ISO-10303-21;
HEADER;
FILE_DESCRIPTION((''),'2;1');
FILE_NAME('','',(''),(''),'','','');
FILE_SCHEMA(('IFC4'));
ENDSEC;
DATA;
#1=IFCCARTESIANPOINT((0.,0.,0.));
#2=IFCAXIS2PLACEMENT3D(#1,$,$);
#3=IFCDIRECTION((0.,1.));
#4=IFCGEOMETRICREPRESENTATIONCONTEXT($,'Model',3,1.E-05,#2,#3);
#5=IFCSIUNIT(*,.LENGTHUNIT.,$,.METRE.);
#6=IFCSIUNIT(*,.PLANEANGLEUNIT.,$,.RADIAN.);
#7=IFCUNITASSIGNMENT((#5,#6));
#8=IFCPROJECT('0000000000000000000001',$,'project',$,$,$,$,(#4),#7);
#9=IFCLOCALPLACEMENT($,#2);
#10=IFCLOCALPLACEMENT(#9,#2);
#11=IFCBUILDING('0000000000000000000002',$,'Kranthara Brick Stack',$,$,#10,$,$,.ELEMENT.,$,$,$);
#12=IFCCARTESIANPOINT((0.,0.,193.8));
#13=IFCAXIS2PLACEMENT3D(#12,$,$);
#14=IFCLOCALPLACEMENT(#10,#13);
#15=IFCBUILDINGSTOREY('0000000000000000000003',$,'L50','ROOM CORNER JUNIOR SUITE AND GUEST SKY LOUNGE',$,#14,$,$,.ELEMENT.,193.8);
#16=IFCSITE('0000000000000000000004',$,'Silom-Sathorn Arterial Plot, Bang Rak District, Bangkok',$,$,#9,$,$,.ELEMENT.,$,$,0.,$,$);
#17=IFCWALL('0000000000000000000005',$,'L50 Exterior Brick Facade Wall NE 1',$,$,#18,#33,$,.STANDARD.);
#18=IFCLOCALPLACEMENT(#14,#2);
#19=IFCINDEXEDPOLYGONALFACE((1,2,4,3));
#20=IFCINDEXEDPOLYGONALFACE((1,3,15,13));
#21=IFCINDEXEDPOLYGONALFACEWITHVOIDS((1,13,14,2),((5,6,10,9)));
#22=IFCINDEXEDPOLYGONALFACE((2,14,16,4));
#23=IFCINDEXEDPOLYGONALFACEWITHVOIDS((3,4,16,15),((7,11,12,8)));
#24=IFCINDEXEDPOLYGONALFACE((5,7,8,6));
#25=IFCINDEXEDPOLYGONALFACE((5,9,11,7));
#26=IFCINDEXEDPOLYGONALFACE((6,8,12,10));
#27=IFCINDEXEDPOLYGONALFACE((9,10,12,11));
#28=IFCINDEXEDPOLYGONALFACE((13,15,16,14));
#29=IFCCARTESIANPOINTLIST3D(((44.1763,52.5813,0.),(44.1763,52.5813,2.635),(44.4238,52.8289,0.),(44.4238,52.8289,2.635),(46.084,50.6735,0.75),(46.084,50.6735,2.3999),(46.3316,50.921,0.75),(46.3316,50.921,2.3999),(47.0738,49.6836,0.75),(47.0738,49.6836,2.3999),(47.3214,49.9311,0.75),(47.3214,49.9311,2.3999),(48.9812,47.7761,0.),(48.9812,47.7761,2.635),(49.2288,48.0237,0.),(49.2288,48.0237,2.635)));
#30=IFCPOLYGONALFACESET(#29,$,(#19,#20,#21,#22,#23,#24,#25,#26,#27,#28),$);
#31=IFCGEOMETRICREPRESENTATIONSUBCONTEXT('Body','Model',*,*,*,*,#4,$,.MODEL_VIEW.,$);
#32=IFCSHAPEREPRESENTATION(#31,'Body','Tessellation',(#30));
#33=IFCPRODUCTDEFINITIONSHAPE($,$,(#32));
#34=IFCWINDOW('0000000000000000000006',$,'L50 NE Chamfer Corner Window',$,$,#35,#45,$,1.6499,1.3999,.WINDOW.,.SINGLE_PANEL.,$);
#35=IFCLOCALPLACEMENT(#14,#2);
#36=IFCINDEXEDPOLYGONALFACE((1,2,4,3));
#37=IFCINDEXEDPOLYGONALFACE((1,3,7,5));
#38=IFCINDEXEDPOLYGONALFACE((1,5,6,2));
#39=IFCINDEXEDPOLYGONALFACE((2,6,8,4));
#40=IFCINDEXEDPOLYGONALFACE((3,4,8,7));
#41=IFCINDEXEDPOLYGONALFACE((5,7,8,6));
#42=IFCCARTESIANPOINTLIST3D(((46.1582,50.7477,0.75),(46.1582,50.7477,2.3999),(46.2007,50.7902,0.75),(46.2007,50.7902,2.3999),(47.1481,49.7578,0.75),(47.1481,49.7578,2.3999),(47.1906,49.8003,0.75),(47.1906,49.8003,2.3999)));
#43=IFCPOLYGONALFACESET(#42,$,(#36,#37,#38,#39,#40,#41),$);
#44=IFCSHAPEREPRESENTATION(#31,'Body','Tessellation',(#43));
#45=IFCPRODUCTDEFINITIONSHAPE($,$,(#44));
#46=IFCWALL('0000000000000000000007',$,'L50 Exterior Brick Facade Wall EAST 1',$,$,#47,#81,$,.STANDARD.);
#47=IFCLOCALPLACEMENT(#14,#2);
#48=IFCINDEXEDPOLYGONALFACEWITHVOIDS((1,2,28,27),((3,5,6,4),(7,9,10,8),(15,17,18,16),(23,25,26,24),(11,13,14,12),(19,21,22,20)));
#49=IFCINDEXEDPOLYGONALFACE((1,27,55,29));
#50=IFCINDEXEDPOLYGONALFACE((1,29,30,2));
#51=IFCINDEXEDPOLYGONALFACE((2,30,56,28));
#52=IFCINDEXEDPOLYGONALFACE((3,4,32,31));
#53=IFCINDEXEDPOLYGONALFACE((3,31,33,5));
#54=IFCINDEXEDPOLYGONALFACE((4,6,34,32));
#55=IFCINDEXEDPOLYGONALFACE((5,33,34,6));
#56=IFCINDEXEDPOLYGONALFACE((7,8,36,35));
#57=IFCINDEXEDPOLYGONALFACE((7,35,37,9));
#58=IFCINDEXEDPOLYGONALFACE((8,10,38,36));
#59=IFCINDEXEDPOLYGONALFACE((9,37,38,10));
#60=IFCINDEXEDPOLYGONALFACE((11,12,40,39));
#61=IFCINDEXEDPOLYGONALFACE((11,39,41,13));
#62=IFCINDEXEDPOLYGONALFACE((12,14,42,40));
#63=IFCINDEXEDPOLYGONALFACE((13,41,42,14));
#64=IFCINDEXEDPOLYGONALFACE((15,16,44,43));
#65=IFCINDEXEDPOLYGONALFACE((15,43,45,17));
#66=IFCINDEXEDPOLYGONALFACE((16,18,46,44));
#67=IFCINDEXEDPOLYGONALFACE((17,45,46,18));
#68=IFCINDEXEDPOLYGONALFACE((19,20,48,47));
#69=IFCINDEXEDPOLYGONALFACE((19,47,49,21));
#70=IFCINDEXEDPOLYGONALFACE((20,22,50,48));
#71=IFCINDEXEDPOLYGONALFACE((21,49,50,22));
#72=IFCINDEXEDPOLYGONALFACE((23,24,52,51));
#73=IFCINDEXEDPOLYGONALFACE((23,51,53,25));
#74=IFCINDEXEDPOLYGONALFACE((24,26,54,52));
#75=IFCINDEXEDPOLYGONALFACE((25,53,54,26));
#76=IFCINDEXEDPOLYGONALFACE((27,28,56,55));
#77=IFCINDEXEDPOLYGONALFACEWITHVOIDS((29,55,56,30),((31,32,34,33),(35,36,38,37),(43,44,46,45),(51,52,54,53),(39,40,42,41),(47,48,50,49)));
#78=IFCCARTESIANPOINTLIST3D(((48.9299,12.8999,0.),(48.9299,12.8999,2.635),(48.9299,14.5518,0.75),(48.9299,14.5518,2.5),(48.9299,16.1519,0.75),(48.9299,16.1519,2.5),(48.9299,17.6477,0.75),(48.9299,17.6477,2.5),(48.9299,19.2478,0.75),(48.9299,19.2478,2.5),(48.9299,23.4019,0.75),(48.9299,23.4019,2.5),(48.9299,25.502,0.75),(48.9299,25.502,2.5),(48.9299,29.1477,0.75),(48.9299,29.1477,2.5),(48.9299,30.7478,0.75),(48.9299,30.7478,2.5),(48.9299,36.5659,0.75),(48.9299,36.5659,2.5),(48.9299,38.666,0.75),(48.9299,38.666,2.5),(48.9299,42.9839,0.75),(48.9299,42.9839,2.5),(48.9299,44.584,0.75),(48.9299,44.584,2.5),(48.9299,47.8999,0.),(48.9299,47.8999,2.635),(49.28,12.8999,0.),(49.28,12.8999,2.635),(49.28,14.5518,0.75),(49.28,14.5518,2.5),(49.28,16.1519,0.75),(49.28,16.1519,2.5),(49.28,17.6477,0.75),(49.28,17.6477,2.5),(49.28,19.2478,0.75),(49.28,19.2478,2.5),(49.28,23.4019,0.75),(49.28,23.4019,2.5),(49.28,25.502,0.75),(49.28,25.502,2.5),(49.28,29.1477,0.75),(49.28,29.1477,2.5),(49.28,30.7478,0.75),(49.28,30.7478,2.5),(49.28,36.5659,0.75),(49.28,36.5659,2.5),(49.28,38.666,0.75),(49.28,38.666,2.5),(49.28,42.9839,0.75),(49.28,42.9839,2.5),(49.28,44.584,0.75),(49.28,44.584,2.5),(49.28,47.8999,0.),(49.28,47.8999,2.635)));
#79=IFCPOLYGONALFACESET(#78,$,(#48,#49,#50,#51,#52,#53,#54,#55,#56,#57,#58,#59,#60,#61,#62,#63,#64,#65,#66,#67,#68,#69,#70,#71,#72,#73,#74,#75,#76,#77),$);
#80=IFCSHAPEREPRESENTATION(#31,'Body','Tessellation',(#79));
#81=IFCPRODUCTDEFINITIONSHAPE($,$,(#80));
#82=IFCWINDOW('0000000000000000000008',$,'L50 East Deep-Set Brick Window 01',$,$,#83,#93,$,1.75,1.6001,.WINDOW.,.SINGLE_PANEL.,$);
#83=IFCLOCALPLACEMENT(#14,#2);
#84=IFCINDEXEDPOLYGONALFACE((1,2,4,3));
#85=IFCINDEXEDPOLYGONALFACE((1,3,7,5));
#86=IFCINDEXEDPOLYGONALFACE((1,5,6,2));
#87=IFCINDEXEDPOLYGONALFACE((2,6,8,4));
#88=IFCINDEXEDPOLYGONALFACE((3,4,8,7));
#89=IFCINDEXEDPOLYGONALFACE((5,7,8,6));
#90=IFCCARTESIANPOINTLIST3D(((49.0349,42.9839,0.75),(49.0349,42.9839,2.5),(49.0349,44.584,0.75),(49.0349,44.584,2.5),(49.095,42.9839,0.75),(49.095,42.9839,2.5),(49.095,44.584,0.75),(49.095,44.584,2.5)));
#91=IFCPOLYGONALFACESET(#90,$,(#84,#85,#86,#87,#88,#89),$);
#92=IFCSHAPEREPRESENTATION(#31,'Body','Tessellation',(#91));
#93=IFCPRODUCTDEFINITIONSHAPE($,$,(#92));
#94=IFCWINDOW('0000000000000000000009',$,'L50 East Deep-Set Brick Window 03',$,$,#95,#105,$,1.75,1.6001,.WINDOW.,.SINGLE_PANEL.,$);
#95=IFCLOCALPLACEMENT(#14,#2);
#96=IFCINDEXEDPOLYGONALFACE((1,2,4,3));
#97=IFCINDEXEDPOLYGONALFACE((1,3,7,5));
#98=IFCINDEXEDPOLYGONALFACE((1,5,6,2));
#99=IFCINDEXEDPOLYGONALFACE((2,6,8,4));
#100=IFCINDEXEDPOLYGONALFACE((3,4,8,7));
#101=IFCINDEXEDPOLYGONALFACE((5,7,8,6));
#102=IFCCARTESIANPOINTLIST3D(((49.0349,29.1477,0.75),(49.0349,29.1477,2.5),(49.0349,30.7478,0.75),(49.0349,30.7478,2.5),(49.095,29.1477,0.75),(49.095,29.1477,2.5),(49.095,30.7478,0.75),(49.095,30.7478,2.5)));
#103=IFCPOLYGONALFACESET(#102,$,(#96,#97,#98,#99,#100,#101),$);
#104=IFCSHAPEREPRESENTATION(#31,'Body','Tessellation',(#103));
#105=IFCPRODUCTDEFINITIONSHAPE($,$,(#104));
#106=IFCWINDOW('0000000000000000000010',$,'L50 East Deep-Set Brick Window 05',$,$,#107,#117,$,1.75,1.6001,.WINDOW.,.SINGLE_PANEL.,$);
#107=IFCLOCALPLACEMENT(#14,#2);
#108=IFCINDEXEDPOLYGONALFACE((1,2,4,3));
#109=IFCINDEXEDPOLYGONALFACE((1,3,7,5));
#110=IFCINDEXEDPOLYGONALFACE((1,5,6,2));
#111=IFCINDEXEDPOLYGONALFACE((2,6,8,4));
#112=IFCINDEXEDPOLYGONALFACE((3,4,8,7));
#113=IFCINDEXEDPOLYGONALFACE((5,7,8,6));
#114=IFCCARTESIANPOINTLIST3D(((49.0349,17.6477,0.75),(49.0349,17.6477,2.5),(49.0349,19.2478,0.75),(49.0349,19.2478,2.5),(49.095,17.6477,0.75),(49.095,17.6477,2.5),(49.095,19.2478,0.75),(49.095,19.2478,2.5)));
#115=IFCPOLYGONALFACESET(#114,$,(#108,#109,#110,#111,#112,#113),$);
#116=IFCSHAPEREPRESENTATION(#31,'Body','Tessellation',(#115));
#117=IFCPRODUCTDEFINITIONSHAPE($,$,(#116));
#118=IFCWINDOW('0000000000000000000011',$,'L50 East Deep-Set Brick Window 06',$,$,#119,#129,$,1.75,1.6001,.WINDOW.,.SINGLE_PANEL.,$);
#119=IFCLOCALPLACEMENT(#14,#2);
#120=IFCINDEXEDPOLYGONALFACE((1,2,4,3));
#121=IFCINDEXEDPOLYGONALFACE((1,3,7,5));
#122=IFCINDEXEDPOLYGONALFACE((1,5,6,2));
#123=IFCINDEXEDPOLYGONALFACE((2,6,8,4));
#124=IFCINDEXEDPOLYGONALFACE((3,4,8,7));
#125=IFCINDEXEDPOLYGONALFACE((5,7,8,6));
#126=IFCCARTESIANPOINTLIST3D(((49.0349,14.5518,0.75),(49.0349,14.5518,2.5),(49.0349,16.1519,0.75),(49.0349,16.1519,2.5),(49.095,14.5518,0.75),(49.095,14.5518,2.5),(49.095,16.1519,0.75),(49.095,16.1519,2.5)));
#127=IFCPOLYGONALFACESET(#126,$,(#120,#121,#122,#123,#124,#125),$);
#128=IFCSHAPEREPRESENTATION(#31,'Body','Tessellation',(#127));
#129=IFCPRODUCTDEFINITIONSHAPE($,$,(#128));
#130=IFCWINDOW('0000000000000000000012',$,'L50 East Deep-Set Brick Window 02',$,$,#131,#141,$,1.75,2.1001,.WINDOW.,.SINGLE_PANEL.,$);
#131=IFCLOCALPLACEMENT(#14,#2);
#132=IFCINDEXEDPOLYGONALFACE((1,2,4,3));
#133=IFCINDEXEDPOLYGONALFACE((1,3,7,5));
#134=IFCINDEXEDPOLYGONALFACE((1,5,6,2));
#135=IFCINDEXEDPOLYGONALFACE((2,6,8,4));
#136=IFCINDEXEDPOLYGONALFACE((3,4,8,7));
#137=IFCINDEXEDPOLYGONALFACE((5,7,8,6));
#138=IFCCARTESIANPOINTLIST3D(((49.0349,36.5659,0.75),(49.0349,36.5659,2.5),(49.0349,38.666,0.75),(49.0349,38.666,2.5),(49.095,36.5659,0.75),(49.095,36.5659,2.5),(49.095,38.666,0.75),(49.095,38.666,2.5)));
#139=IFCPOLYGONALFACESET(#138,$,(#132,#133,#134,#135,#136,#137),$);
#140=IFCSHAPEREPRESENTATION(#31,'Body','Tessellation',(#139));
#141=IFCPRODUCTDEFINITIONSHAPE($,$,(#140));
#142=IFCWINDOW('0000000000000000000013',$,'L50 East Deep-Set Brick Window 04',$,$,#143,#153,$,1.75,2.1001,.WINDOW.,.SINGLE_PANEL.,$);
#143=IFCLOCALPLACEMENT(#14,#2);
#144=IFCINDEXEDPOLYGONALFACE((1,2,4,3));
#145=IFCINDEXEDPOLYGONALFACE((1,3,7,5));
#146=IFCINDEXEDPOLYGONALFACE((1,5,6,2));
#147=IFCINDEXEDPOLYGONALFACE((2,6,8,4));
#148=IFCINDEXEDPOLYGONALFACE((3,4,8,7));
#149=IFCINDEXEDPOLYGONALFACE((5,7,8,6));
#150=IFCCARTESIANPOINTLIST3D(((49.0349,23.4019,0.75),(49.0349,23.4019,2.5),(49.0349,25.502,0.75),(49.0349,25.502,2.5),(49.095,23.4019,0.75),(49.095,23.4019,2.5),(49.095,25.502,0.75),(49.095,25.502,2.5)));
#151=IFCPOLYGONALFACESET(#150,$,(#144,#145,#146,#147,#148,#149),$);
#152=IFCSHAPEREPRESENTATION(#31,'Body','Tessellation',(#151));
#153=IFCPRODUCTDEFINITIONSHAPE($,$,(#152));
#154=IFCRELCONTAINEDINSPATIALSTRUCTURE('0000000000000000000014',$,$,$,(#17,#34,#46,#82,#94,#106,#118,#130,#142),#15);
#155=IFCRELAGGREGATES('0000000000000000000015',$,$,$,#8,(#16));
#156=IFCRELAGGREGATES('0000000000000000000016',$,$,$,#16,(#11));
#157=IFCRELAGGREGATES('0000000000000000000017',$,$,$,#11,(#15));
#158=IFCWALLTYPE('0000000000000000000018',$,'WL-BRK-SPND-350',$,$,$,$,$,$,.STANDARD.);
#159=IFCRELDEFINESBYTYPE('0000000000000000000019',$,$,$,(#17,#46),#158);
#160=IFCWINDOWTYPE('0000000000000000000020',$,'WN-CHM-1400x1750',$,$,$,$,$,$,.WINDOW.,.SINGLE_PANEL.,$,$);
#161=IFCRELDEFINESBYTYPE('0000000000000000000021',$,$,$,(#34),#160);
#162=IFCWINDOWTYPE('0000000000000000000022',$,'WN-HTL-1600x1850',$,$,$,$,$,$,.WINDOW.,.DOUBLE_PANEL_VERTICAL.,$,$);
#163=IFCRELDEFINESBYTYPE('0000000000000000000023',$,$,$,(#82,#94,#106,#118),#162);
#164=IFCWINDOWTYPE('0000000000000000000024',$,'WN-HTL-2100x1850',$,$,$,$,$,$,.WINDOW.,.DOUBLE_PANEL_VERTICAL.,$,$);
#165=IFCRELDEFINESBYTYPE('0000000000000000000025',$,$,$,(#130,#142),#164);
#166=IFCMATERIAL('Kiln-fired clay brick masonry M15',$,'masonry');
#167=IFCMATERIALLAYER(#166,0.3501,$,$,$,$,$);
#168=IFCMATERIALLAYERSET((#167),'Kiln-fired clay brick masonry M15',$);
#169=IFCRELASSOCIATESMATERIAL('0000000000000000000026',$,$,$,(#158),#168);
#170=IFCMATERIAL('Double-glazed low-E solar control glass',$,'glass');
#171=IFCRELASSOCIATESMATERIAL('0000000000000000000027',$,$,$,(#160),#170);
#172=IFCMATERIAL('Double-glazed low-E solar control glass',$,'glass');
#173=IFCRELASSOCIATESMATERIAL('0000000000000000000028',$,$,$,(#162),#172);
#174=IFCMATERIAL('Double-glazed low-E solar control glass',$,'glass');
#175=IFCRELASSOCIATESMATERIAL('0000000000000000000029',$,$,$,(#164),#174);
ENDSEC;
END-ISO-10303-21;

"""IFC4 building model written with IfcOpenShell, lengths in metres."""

from ifc_helpers import new_model, si_unit, direction, frame, frame_2d, origin, place, context, subcontext, project, spatial, rectangle, extrude, material, layer, layer_set, type_object, element, fill, save


model = new_model("IFC4")

# Units and contexts
model_context = context("Model", 3, precision=1e-05, world=origin(), true_north=direction((0.0, 1.0)))
body_context = subcontext(model_context, "Body", "Model", "MODEL_VIEW")
ifc_project = project(units=[si_unit("LENGTHUNIT", "METRE"), si_unit("PLANEANGLEUNIT", "RADIAN")], contexts=[model_context])

# Site, building, storey
site_placement = place(None, origin())
site = spatial("IfcSite", under=ifc_project, at=site_placement, Name="Silom-Sathorn Arterial Plot, Bang Rak District, Bangkok", CompositionType="ELEMENT", RefElevation=0.0)
building_placement = place(site_placement, origin())
building = spatial("IfcBuilding", under=site, at=building_placement, Name="Kranthara Brick Stack", CompositionType="ELEMENT")
storey_placement = place(building_placement, frame((0.0, 0.0, 193.8)))
storey = spatial("IfcBuildingStorey", under=building, at=storey_placement, Name="L50", Description="ROOM CORNER JUNIOR SUITE AND GUEST SKY LOUNGE", CompositionType="ELEMENT", Elevation=193.8)

# Wall, opening, window
ifc_material_1 = material(Name="Kiln-fired clay brick masonry M15", Category="masonry")
ifc_layer_1 = layer(ifc_material_1, 0.3501)
ifc_layer_set_1 = layer_set([ifc_layer_1], Name="Kiln-fired clay brick masonry M15")
wall_type_1 = type_object("IfcWallType", Name="WL-BRK-SPND-350", PredefinedType="STANDARD", material=ifc_layer_set_1)
wall_1_placement = place(storey_placement, frame((44.3, 52.7051, 0.0), z_axis=(0.0, 0.0, 1.0), x_axis=(0.707089, -0.707125, 0.0)))
wall_1 = element("IfcWall", 1, at=wall_1_placement, inside=storey, type_object=wall_type_1, Name="L50 Exterior Brick Facade Wall NE 1", PredefinedType="STANDARD", context=body_context, shape_type="SweptSolid", body=[
    extrude(rectangle(XDim=6.7954, YDim=0.3501, at=frame_2d((3.3977, 0.0))), origin(), (0.0, 0.0, 1.0), 2.635),
])
opening_1_placement = place(wall_1_placement, frame((2.698, 0.0, 0.75)))
opening_1 = element("IfcOpeningElement", 2, at=opening_1_placement, cuts=wall_1, PredefinedType="OPENING", context=body_context, shape_type="SweptSolid", body=[
    extrude(rectangle(XDim=1.3999, YDim=1.6499, at=frame_2d((0.7, 0.825))), frame((0.0, 0.1851, 0.0), z_axis=(0.0, -1.0, 0.0), x_axis=(1.0, 0.0, 0.0)), (0.0, 0.0, 1.0), 0.3701),
])
ifc_material_2 = material(Name="Double-glazed low-E solar control glass", Category="glass")
window_type_1 = type_object("IfcWindowType", Name="WN-CHM-1400x1750", PartitioningType="SINGLE_PANEL", PredefinedType="WINDOW", material=ifc_material_2)
window_1_placement = place(opening_1_placement, origin())
window_1 = element("IfcWindow", 3, at=window_1_placement, inside=storey, type_object=window_type_1, Name="L50 NE Chamfer Corner Window", OverallHeight=1.6499, OverallWidth=1.3999, PartitioningType="SINGLE_PANEL", PredefinedType="WINDOW", context=body_context, shape_type="SweptSolid", body=[
    extrude(rectangle(XDim=1.3999, YDim=1.6499, at=frame_2d((0.7, 0.825))), frame((0.0, -0.01, 0.0), z_axis=(0.0, -1.0, 0.0), x_axis=(1.0, 0.0, 0.0)), (0.0, 0.0, 1.0), 0.0601),
])
fill(opening_1, window_1)

# Wall, openings, windows
wall_2_placement = place(storey_placement, frame((49.105, 47.8999, 0.0), z_axis=(0.0, 0.0, 1.0), x_axis=(0.0, -1.0, 0.0)))
wall_2 = element("IfcWall", 4, at=wall_2_placement, inside=storey, type_object=wall_type_1, Name="L50 Exterior Brick Facade Wall EAST 1", PredefinedType="STANDARD", context=body_context, shape_type="SweptSolid", body=[
    extrude(rectangle(XDim=35.0, YDim=0.3501, at=frame_2d((17.5, 0.0))), origin(), (0.0, 0.0, 1.0), 2.635),
])
opening_2_placement = place(wall_2_placement, frame((3.3159, 0.0, 0.75)))
opening_2 = element("IfcOpeningElement", 5, at=opening_2_placement, cuts=wall_2, PredefinedType="OPENING", context=body_context, shape_type="SweptSolid", body=[
    extrude(rectangle(XDim=1.6001, YDim=1.75, at=frame_2d((0.8, 0.875))), frame((0.0, 0.1851, 0.0), z_axis=(0.0, -1.0, 0.0), x_axis=(1.0, 0.0, 0.0)), (0.0, 0.0, 1.0), 0.3701),
])
opening_3_placement = place(wall_2_placement, frame((9.2339, 0.0, 0.75)))
opening_3 = element("IfcOpeningElement", 6, at=opening_3_placement, cuts=wall_2, PredefinedType="OPENING", context=body_context, shape_type="SweptSolid", body=[
    extrude(rectangle(XDim=2.1001, YDim=1.75, at=frame_2d((1.05, 0.875))), frame((0.0, 0.1851, 0.0), z_axis=(0.0, -1.0, 0.0), x_axis=(1.0, 0.0, 0.0)), (0.0, 0.0, 1.0), 0.3701),
])
opening_4_placement = place(wall_2_placement, frame((17.1521, 0.0, 0.75)))
opening_4 = element("IfcOpeningElement", 7, at=opening_4_placement, cuts=wall_2, PredefinedType="OPENING", context=body_context, shape_type="SweptSolid", body=[
    extrude(rectangle(XDim=1.6001, YDim=1.75, at=frame_2d((0.8, 0.875))), frame((0.0, 0.1851, 0.0), z_axis=(0.0, -1.0, 0.0), x_axis=(1.0, 0.0, 0.0)), (0.0, 0.0, 1.0), 0.3701),
])
opening_5_placement = place(wall_2_placement, frame((22.3979, 0.0, 0.75)))
opening_5 = element("IfcOpeningElement", 8, at=opening_5_placement, cuts=wall_2, PredefinedType="OPENING", context=body_context, shape_type="SweptSolid", body=[
    extrude(rectangle(XDim=2.1001, YDim=1.75, at=frame_2d((1.05, 0.875))), frame((0.0, 0.1851, 0.0), z_axis=(0.0, -1.0, 0.0), x_axis=(1.0, 0.0, 0.0)), (0.0, 0.0, 1.0), 0.3701),
])
opening_6_placement = place(wall_2_placement, frame((28.6521, 0.0, 0.75)))
opening_6 = element("IfcOpeningElement", 9, at=opening_6_placement, cuts=wall_2, PredefinedType="OPENING", context=body_context, shape_type="SweptSolid", body=[
    extrude(rectangle(XDim=1.6001, YDim=1.75, at=frame_2d((0.8, 0.875))), frame((0.0, 0.1851, 0.0), z_axis=(0.0, -1.0, 0.0), x_axis=(1.0, 0.0, 0.0)), (0.0, 0.0, 1.0), 0.3701),
])
opening_7_placement = place(wall_2_placement, frame((31.748, 0.0, 0.75)))
opening_7 = element("IfcOpeningElement", 10, at=opening_7_placement, cuts=wall_2, PredefinedType="OPENING", context=body_context, shape_type="SweptSolid", body=[
    extrude(rectangle(XDim=1.6001, YDim=1.75, at=frame_2d((0.8, 0.875))), frame((0.0, 0.1851, 0.0), z_axis=(0.0, -1.0, 0.0), x_axis=(1.0, 0.0, 0.0)), (0.0, 0.0, 1.0), 0.3701),
])
ifc_material_3 = material(Name="Double-glazed low-E solar control glass", Category="glass")
window_type_2 = type_object("IfcWindowType", Name="WN-HTL-1600x1850", PartitioningType="DOUBLE_PANEL_VERTICAL", PredefinedType="WINDOW", material=ifc_material_3)
window_2_placement = place(opening_2_placement, origin())
window_2 = element("IfcWindow", 11, at=window_2_placement, inside=storey, type_object=window_type_2, Name="L50 East Deep-Set Brick Window 01", OverallHeight=1.75, OverallWidth=1.6001, PartitioningType="SINGLE_PANEL", PredefinedType="WINDOW", context=body_context, shape_type="SweptSolid", body=[
    extrude(rectangle(XDim=1.6001, YDim=1.75, at=frame_2d((0.8, 0.875))), frame((0.0, -0.01, 0.0), z_axis=(0.0, -1.0, 0.0), x_axis=(1.0, 0.0, 0.0)), (0.0, 0.0, 1.0), 0.0601),
])
fill(opening_2, window_2)
window_3_placement = place(opening_4_placement, origin())
window_3 = element("IfcWindow", 12, at=window_3_placement, inside=storey, type_object=window_type_2, Name="L50 East Deep-Set Brick Window 03", OverallHeight=1.75, OverallWidth=1.6001, PartitioningType="SINGLE_PANEL", PredefinedType="WINDOW", context=body_context, shape_type="SweptSolid", body=[
    extrude(rectangle(XDim=1.6001, YDim=1.75, at=frame_2d((0.8, 0.875))), frame((0.0, -0.01, 0.0), z_axis=(0.0, -1.0, 0.0), x_axis=(1.0, 0.0, 0.0)), (0.0, 0.0, 1.0), 0.0601),
])
fill(opening_4, window_3)
window_4_placement = place(opening_6_placement, origin())
window_4 = element("IfcWindow", 13, at=window_4_placement, inside=storey, type_object=window_type_2, Name="L50 East Deep-Set Brick Window 05", OverallHeight=1.75, OverallWidth=1.6001, PartitioningType="SINGLE_PANEL", PredefinedType="WINDOW", context=body_context, shape_type="SweptSolid", body=[
    extrude(rectangle(XDim=1.6001, YDim=1.75, at=frame_2d((0.8, 0.875))), frame((0.0, -0.01, 0.0), z_axis=(0.0, -1.0, 0.0), x_axis=(1.0, 0.0, 0.0)), (0.0, 0.0, 1.0), 0.0601),
])
fill(opening_6, window_4)
window_5_placement = place(opening_7_placement, origin())
window_5 = element("IfcWindow", 14, at=window_5_placement, inside=storey, type_object=window_type_2, Name="L50 East Deep-Set Brick Window 06", OverallHeight=1.75, OverallWidth=1.6001, PartitioningType="SINGLE_PANEL", PredefinedType="WINDOW", context=body_context, shape_type="SweptSolid", body=[
    extrude(rectangle(XDim=1.6001, YDim=1.75, at=frame_2d((0.8, 0.875))), frame((0.0, -0.01, 0.0), z_axis=(0.0, -1.0, 0.0), x_axis=(1.0, 0.0, 0.0)), (0.0, 0.0, 1.0), 0.0601),
])
fill(opening_7, window_5)
ifc_material_4 = material(Name="Double-glazed low-E solar control glass", Category="glass")
window_type_3 = type_object("IfcWindowType", Name="WN-HTL-2100x1850", PartitioningType="DOUBLE_PANEL_VERTICAL", PredefinedType="WINDOW", material=ifc_material_4)
window_6_placement = place(opening_3_placement, origin())
window_6 = element("IfcWindow", 15, at=window_6_placement, inside=storey, type_object=window_type_3, Name="L50 East Deep-Set Brick Window 02", OverallHeight=1.75, OverallWidth=2.1001, PartitioningType="SINGLE_PANEL", PredefinedType="WINDOW", context=body_context, shape_type="SweptSolid", body=[
    extrude(rectangle(XDim=2.1001, YDim=1.75, at=frame_2d((1.05, 0.875))), frame((0.0, -0.01, 0.0), z_axis=(0.0, -1.0, 0.0), x_axis=(1.0, 0.0, 0.0)), (0.0, 0.0, 1.0), 0.0601),
])
fill(opening_3, window_6)
window_7_placement = place(opening_5_placement, origin())
window_7 = element("IfcWindow", 16, at=window_7_placement, inside=storey, type_object=window_type_3, Name="L50 East Deep-Set Brick Window 04", OverallHeight=1.75, OverallWidth=2.1001, PartitioningType="SINGLE_PANEL", PredefinedType="WINDOW", context=body_context, shape_type="SweptSolid", body=[
    extrude(rectangle(XDim=2.1001, YDim=1.75, at=frame_2d((1.05, 0.875))), frame((0.0, -0.01, 0.0), z_axis=(0.0, -1.0, 0.0), x_axis=(1.0, 0.0, 0.0)), (0.0, 0.0, 1.0), 0.0601),
])
fill(opening_5, window_7)

save(model, "model.ifc")
